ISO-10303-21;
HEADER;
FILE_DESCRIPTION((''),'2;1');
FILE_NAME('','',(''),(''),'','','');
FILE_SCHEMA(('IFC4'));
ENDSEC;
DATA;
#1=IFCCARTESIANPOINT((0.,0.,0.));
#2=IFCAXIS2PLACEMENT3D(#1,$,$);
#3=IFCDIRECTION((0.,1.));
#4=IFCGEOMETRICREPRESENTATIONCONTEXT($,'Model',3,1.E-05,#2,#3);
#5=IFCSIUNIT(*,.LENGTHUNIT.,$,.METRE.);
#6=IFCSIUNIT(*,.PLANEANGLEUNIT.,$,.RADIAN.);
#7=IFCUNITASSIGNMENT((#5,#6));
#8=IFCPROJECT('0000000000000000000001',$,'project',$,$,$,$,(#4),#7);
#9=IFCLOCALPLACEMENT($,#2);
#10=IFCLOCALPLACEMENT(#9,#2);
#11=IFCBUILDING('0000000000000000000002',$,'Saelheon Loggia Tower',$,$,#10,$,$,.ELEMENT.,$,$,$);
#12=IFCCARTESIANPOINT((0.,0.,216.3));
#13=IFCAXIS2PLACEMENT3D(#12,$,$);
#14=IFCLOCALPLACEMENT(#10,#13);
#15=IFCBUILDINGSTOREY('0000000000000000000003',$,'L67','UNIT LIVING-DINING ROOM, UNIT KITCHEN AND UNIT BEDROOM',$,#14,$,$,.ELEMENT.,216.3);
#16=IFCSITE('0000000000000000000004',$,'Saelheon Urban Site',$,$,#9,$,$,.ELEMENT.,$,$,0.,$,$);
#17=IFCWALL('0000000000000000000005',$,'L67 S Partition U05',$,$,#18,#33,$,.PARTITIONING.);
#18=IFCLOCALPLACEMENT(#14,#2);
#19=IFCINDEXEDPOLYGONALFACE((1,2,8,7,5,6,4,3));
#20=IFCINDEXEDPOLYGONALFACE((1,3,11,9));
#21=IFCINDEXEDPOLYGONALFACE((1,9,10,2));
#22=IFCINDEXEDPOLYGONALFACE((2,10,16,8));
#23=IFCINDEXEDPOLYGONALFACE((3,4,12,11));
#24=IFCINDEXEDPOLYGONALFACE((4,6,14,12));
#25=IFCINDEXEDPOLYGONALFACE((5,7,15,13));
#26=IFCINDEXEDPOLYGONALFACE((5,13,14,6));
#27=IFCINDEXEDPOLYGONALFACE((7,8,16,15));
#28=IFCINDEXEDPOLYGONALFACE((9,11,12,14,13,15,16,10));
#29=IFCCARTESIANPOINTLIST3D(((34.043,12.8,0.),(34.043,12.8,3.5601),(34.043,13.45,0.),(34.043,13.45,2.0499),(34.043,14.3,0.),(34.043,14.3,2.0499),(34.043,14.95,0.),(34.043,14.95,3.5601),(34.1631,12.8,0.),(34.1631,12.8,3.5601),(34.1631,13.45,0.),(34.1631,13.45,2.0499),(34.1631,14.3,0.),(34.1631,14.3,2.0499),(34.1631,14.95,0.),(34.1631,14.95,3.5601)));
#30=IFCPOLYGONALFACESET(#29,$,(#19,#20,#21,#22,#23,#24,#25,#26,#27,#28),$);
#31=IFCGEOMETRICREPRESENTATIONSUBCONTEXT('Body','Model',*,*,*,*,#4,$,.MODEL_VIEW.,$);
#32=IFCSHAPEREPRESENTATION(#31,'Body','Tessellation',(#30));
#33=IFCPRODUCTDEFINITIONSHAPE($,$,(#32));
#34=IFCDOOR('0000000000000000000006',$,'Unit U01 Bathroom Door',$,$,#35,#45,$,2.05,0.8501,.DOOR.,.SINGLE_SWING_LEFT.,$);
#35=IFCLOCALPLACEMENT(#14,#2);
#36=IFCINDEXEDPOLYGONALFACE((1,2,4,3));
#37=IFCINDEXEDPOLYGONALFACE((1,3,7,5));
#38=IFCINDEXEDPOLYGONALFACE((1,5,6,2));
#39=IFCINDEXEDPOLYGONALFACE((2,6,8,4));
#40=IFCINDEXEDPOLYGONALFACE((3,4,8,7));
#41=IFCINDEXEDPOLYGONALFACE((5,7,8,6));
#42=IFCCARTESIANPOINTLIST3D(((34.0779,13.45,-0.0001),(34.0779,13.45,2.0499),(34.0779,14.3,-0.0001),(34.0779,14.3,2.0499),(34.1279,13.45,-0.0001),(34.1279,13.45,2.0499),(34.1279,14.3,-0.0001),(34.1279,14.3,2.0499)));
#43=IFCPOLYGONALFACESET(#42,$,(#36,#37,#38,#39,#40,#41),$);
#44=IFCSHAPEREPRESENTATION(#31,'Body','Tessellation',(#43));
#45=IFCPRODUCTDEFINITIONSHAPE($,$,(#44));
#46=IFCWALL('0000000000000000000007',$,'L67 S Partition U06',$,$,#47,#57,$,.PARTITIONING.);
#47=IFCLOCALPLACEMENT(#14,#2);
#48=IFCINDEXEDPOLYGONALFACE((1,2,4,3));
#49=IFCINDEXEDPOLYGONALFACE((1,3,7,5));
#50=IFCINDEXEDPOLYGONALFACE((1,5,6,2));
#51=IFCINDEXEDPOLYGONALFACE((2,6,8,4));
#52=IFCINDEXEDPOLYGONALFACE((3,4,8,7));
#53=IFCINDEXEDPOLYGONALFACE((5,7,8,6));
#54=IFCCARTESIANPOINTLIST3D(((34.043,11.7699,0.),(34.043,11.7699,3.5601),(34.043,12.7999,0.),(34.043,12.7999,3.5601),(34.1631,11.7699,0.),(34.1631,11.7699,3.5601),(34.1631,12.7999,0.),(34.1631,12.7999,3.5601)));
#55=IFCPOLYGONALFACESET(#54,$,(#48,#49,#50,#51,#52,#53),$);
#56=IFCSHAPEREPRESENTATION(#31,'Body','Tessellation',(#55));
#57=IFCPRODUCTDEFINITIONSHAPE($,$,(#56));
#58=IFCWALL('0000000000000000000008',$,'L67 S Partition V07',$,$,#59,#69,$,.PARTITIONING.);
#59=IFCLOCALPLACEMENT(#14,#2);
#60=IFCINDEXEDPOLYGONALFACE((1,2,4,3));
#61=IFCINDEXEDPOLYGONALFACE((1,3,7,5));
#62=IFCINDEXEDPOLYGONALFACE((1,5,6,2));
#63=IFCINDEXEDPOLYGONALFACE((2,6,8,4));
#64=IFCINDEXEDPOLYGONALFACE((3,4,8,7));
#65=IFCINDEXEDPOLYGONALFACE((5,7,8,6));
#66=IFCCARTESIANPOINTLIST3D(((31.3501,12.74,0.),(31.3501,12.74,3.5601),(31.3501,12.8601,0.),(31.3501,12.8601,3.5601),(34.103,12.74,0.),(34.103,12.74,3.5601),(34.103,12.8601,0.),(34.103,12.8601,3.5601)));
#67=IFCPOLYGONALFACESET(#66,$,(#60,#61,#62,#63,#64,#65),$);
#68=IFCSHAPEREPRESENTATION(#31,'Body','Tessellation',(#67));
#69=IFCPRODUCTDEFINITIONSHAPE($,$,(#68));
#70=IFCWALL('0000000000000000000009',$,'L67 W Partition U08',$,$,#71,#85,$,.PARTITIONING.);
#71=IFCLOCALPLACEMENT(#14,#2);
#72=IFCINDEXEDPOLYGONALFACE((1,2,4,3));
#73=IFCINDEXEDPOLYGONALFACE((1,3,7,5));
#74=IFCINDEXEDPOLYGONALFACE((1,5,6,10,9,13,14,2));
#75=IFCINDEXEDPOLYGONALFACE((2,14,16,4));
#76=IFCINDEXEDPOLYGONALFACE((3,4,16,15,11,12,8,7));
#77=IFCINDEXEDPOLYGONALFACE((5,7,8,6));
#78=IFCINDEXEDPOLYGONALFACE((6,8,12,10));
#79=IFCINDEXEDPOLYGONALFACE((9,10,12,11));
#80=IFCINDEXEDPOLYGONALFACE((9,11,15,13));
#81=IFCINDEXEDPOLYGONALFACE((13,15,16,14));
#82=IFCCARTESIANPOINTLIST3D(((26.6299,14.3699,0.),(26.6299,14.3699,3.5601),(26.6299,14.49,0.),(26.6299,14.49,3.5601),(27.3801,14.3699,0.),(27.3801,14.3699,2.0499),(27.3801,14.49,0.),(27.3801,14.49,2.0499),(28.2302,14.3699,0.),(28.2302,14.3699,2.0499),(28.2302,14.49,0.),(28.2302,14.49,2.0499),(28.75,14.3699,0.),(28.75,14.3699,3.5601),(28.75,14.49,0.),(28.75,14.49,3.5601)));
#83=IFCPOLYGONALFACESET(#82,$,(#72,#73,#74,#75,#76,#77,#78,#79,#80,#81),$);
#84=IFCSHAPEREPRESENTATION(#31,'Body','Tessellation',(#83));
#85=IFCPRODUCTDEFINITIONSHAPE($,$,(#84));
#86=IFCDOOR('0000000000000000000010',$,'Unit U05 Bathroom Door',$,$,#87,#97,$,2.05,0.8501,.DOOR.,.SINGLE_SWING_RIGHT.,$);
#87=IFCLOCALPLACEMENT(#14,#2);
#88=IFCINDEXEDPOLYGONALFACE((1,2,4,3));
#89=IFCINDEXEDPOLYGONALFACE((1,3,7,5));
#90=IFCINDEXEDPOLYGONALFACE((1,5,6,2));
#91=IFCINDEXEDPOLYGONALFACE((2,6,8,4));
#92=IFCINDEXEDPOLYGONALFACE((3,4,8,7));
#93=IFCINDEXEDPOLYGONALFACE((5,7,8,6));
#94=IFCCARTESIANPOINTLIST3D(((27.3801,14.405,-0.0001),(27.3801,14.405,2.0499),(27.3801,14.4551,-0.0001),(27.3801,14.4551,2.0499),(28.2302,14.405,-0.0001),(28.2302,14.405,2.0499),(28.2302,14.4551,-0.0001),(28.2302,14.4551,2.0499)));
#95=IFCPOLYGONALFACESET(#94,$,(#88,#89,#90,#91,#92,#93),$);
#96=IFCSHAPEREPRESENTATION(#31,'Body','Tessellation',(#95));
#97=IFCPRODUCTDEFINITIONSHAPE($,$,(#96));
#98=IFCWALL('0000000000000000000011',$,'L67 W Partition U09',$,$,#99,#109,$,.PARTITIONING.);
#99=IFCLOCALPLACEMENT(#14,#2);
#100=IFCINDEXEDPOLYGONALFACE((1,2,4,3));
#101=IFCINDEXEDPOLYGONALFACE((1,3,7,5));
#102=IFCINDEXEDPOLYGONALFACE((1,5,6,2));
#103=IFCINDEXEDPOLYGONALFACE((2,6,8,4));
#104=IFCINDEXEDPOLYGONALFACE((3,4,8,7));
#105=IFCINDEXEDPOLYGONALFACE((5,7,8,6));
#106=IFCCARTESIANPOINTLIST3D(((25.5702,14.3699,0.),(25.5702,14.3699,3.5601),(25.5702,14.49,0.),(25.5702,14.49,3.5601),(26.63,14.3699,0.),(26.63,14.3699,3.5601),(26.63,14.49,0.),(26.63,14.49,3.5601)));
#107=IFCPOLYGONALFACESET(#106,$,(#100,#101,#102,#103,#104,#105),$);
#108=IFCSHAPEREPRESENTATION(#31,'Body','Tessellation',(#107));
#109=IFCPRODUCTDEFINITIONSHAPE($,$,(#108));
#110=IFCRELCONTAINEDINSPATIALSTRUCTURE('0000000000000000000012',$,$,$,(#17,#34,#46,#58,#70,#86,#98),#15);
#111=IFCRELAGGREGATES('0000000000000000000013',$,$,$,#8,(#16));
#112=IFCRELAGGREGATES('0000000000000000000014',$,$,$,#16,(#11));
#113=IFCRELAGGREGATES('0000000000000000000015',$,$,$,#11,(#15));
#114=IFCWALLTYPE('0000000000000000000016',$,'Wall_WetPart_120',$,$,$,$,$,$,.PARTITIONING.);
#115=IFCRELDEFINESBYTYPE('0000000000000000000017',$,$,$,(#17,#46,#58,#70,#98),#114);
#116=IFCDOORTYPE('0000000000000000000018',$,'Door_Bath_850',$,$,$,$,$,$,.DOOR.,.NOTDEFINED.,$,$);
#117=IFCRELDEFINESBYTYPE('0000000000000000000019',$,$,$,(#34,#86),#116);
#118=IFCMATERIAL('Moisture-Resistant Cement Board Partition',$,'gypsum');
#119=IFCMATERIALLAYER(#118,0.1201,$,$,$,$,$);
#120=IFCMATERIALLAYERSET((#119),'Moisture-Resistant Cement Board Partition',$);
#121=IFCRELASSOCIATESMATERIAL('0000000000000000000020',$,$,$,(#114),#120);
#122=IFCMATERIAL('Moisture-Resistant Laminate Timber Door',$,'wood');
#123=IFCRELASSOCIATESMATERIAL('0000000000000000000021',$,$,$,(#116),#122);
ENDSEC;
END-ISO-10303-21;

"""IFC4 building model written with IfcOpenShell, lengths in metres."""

from ifc_helpers import new_model, si_unit, direction, frame, frame_2d, origin, place, context, subcontext, project, spatial, rectangle, extrude, source, transform, mapped, material, layer, layer_set, type_object, element, fill, save


model = new_model("IFC4")

# Units and contexts
model_context = context("Model", 3, precision=1e-05, world=origin(), true_north=direction((0.0, 1.0)))
body_context = subcontext(model_context, "Body", "Model", "MODEL_VIEW")
ifc_project = project(units=[si_unit("LENGTHUNIT", "METRE"), si_unit("PLANEANGLEUNIT", "RADIAN")], contexts=[model_context])

# Site, building, storey
site_placement = place(None, origin())
site = spatial("IfcSite", under=ifc_project, at=site_placement, Name="Saelheon Urban Site", CompositionType="ELEMENT", RefElevation=0.0)
building_placement = place(site_placement, origin())
building = spatial("IfcBuilding", under=site, at=building_placement, Name="Saelheon Loggia Tower", CompositionType="ELEMENT")
storey_placement = place(building_placement, frame((0.0, 0.0, 216.3)))
storey = spatial("IfcBuildingStorey", under=building, at=storey_placement, Name="L67", Description="UNIT LIVING-DINING ROOM, UNIT KITCHEN AND UNIT BEDROOM", CompositionType="ELEMENT", Elevation=216.3)

# Wall, opening, door
ifc_material_1 = material(Name="Moisture-Resistant Cement Board Partition", Category="gypsum")
ifc_layer_1 = layer(ifc_material_1, 0.1201)
ifc_layer_set_1 = layer_set([ifc_layer_1], Name="Moisture-Resistant Cement Board Partition")
wall_type_1 = type_object("IfcWallType", Name="Wall_WetPart_120", PredefinedType="PARTITIONING", material=ifc_layer_set_1)
wall_1_placement = place(storey_placement, frame((34.103, 14.95, 0.0), z_axis=(0.0, 0.0, 1.0), x_axis=(0.0, -1.0, 0.0)))
wall_1 = element("IfcWall", 1, at=wall_1_placement, inside=storey, type_object=wall_type_1, Name="L67 S Partition U05", PredefinedType="PARTITIONING", context=body_context, shape_type="SweptSolid", body=[
    extrude(rectangle(XDim=2.1499, YDim=0.1201, at=frame_2d((1.075, 0.0))), origin(), (0.0, 0.0, 1.0), 3.5601),
])
opening_1_placement = place(wall_1_placement, frame((0.6499, 0.0, 0.0)))
opening_1 = element("IfcOpeningElement", 2, at=opening_1_placement, cuts=wall_1, PredefinedType="OPENING", context=body_context, shape_type="SweptSolid", body=[
    extrude(rectangle(XDim=0.8501, YDim=2.05, at=frame_2d((0.425, 1.0249))), frame((0.0, 0.072, 0.0), z_axis=(0.0, -1.0, 0.0), x_axis=(1.0, 0.0, 0.0)), (0.0, 0.0, 1.0), 0.144),
])
ifc_material_2 = material(Name="Moisture-Resistant Laminate Timber Door", Category="wood")
door_type_1 = type_object("IfcDoorType", Name="Door_Bath_850", OperationType="NOTDEFINED", PredefinedType="DOOR", material=ifc_material_2)
shared_shape_1 = source(origin(), body_context, "Body", "SweptSolid", [
    extrude(rectangle(XDim=0.8501, YDim=2.05, at=frame_2d((0.425, 1.0249))), frame((0.0, 0.0249, 0.0), z_axis=(0.0, -1.0, 0.0), x_axis=(1.0, 0.0, 0.0)), (0.0, 0.0, 1.0), 0.05),
])
door_1_placement = place(opening_1_placement, origin())
door_1 = element("IfcDoor", 3, at=door_1_placement, inside=storey, type_object=door_type_1, Name="Unit U01 Bathroom Door", OperationType="SINGLE_SWING_LEFT", OverallHeight=2.05, OverallWidth=0.8501, PredefinedType="DOOR", context=body_context, shape_type="MappedRepresentation", body=[
    mapped(shared_shape_1, transform((0.0, 0.0, 0.0), scale=1.0)),
])
fill(opening_1, door_1)

# Walls
wall_2_placement = place(storey_placement, frame((34.103, 12.8, 0.0), z_axis=(0.0, 0.0, 1.0), x_axis=(0.0, -1.0, 0.0)))
element("IfcWall", 4, at=wall_2_placement, inside=storey, type_object=wall_type_1, Name="L67 S Partition U06", PredefinedType="PARTITIONING", context=body_context, shape_type="SweptSolid", body=[
    extrude(rectangle(XDim=1.03, YDim=0.1201, at=frame_2d((0.5151, 0.0))), origin(), (0.0, 0.0, 1.0), 3.5601),
])
wall_3_placement = place(storey_placement, frame((31.3501, 12.8, 0.0), z_axis=(0.0, 0.0, 1.0), x_axis=(1.0, 0.0, 0.0)))
element("IfcWall", 5, at=wall_3_placement, inside=storey, type_object=wall_type_1, Name="L67 S Partition V07", PredefinedType="PARTITIONING", context=body_context, shape_type="SweptSolid", body=[
    extrude(rectangle(XDim=2.7529, YDim=0.1201, at=frame_2d((1.3765, 0.0))), origin(), (0.0, 0.0, 1.0), 3.5601),
])

# Wall, opening, door
wall_4_placement = place(storey_placement, frame((28.75, 14.4299, 0.0), z_axis=(0.0, 0.0, 1.0), x_axis=(-1.0, 0.0, 0.0)))
wall_4 = element("IfcWall", 6, at=wall_4_placement, inside=storey, type_object=wall_type_1, Name="L67 W Partition U08", PredefinedType="PARTITIONING", context=body_context, shape_type="SweptSolid", body=[
    extrude(rectangle(XDim=2.1201, YDim=0.1201, at=frame_2d((1.0601, 0.0))), origin(), (0.0, 0.0, 1.0), 3.5601),
])
opening_2_placement = place(wall_4_placement, frame((0.5198, 0.0, 0.0)))
opening_2 = element("IfcOpeningElement", 7, at=opening_2_placement, cuts=wall_4, PredefinedType="OPENING", context=body_context, shape_type="SweptSolid", body=[
    extrude(rectangle(XDim=0.8501, YDim=2.05, at=frame_2d((0.425, 1.0249))), frame((0.0, 0.072, 0.0), z_axis=(0.0, -1.0, 0.0), x_axis=(1.0, 0.0, 0.0)), (0.0, 0.0, 1.0), 0.144),
])
door_2_placement = place(opening_2_placement, origin())
door_2 = element("IfcDoor", 8, at=door_2_placement, inside=storey, type_object=door_type_1, Name="Unit U05 Bathroom Door", OperationType="SINGLE_SWING_RIGHT", OverallHeight=2.05, OverallWidth=0.8501, PredefinedType="DOOR", context=body_context, shape_type="MappedRepresentation", body=[
    mapped(shared_shape_1, transform((0.0, 0.0, 0.0), scale=1.0)),
])
fill(opening_2, door_2)

# Wall
wall_5_placement = place(storey_placement, frame((26.6299, 14.4299, 0.0), z_axis=(0.0, 0.0, 1.0), x_axis=(-1.0, 0.0, 0.0)))
element("IfcWall", 9, at=wall_5_placement, inside=storey, type_object=wall_type_1, Name="L67 W Partition U09", PredefinedType="PARTITIONING", context=body_context, shape_type="SweptSolid", body=[
    extrude(rectangle(XDim=1.0598, YDim=0.1201, at=frame_2d((0.5298, 0.0))), origin(), (0.0, 0.0, 1.0), 3.5601),
])

save(model, "model.ifc")
